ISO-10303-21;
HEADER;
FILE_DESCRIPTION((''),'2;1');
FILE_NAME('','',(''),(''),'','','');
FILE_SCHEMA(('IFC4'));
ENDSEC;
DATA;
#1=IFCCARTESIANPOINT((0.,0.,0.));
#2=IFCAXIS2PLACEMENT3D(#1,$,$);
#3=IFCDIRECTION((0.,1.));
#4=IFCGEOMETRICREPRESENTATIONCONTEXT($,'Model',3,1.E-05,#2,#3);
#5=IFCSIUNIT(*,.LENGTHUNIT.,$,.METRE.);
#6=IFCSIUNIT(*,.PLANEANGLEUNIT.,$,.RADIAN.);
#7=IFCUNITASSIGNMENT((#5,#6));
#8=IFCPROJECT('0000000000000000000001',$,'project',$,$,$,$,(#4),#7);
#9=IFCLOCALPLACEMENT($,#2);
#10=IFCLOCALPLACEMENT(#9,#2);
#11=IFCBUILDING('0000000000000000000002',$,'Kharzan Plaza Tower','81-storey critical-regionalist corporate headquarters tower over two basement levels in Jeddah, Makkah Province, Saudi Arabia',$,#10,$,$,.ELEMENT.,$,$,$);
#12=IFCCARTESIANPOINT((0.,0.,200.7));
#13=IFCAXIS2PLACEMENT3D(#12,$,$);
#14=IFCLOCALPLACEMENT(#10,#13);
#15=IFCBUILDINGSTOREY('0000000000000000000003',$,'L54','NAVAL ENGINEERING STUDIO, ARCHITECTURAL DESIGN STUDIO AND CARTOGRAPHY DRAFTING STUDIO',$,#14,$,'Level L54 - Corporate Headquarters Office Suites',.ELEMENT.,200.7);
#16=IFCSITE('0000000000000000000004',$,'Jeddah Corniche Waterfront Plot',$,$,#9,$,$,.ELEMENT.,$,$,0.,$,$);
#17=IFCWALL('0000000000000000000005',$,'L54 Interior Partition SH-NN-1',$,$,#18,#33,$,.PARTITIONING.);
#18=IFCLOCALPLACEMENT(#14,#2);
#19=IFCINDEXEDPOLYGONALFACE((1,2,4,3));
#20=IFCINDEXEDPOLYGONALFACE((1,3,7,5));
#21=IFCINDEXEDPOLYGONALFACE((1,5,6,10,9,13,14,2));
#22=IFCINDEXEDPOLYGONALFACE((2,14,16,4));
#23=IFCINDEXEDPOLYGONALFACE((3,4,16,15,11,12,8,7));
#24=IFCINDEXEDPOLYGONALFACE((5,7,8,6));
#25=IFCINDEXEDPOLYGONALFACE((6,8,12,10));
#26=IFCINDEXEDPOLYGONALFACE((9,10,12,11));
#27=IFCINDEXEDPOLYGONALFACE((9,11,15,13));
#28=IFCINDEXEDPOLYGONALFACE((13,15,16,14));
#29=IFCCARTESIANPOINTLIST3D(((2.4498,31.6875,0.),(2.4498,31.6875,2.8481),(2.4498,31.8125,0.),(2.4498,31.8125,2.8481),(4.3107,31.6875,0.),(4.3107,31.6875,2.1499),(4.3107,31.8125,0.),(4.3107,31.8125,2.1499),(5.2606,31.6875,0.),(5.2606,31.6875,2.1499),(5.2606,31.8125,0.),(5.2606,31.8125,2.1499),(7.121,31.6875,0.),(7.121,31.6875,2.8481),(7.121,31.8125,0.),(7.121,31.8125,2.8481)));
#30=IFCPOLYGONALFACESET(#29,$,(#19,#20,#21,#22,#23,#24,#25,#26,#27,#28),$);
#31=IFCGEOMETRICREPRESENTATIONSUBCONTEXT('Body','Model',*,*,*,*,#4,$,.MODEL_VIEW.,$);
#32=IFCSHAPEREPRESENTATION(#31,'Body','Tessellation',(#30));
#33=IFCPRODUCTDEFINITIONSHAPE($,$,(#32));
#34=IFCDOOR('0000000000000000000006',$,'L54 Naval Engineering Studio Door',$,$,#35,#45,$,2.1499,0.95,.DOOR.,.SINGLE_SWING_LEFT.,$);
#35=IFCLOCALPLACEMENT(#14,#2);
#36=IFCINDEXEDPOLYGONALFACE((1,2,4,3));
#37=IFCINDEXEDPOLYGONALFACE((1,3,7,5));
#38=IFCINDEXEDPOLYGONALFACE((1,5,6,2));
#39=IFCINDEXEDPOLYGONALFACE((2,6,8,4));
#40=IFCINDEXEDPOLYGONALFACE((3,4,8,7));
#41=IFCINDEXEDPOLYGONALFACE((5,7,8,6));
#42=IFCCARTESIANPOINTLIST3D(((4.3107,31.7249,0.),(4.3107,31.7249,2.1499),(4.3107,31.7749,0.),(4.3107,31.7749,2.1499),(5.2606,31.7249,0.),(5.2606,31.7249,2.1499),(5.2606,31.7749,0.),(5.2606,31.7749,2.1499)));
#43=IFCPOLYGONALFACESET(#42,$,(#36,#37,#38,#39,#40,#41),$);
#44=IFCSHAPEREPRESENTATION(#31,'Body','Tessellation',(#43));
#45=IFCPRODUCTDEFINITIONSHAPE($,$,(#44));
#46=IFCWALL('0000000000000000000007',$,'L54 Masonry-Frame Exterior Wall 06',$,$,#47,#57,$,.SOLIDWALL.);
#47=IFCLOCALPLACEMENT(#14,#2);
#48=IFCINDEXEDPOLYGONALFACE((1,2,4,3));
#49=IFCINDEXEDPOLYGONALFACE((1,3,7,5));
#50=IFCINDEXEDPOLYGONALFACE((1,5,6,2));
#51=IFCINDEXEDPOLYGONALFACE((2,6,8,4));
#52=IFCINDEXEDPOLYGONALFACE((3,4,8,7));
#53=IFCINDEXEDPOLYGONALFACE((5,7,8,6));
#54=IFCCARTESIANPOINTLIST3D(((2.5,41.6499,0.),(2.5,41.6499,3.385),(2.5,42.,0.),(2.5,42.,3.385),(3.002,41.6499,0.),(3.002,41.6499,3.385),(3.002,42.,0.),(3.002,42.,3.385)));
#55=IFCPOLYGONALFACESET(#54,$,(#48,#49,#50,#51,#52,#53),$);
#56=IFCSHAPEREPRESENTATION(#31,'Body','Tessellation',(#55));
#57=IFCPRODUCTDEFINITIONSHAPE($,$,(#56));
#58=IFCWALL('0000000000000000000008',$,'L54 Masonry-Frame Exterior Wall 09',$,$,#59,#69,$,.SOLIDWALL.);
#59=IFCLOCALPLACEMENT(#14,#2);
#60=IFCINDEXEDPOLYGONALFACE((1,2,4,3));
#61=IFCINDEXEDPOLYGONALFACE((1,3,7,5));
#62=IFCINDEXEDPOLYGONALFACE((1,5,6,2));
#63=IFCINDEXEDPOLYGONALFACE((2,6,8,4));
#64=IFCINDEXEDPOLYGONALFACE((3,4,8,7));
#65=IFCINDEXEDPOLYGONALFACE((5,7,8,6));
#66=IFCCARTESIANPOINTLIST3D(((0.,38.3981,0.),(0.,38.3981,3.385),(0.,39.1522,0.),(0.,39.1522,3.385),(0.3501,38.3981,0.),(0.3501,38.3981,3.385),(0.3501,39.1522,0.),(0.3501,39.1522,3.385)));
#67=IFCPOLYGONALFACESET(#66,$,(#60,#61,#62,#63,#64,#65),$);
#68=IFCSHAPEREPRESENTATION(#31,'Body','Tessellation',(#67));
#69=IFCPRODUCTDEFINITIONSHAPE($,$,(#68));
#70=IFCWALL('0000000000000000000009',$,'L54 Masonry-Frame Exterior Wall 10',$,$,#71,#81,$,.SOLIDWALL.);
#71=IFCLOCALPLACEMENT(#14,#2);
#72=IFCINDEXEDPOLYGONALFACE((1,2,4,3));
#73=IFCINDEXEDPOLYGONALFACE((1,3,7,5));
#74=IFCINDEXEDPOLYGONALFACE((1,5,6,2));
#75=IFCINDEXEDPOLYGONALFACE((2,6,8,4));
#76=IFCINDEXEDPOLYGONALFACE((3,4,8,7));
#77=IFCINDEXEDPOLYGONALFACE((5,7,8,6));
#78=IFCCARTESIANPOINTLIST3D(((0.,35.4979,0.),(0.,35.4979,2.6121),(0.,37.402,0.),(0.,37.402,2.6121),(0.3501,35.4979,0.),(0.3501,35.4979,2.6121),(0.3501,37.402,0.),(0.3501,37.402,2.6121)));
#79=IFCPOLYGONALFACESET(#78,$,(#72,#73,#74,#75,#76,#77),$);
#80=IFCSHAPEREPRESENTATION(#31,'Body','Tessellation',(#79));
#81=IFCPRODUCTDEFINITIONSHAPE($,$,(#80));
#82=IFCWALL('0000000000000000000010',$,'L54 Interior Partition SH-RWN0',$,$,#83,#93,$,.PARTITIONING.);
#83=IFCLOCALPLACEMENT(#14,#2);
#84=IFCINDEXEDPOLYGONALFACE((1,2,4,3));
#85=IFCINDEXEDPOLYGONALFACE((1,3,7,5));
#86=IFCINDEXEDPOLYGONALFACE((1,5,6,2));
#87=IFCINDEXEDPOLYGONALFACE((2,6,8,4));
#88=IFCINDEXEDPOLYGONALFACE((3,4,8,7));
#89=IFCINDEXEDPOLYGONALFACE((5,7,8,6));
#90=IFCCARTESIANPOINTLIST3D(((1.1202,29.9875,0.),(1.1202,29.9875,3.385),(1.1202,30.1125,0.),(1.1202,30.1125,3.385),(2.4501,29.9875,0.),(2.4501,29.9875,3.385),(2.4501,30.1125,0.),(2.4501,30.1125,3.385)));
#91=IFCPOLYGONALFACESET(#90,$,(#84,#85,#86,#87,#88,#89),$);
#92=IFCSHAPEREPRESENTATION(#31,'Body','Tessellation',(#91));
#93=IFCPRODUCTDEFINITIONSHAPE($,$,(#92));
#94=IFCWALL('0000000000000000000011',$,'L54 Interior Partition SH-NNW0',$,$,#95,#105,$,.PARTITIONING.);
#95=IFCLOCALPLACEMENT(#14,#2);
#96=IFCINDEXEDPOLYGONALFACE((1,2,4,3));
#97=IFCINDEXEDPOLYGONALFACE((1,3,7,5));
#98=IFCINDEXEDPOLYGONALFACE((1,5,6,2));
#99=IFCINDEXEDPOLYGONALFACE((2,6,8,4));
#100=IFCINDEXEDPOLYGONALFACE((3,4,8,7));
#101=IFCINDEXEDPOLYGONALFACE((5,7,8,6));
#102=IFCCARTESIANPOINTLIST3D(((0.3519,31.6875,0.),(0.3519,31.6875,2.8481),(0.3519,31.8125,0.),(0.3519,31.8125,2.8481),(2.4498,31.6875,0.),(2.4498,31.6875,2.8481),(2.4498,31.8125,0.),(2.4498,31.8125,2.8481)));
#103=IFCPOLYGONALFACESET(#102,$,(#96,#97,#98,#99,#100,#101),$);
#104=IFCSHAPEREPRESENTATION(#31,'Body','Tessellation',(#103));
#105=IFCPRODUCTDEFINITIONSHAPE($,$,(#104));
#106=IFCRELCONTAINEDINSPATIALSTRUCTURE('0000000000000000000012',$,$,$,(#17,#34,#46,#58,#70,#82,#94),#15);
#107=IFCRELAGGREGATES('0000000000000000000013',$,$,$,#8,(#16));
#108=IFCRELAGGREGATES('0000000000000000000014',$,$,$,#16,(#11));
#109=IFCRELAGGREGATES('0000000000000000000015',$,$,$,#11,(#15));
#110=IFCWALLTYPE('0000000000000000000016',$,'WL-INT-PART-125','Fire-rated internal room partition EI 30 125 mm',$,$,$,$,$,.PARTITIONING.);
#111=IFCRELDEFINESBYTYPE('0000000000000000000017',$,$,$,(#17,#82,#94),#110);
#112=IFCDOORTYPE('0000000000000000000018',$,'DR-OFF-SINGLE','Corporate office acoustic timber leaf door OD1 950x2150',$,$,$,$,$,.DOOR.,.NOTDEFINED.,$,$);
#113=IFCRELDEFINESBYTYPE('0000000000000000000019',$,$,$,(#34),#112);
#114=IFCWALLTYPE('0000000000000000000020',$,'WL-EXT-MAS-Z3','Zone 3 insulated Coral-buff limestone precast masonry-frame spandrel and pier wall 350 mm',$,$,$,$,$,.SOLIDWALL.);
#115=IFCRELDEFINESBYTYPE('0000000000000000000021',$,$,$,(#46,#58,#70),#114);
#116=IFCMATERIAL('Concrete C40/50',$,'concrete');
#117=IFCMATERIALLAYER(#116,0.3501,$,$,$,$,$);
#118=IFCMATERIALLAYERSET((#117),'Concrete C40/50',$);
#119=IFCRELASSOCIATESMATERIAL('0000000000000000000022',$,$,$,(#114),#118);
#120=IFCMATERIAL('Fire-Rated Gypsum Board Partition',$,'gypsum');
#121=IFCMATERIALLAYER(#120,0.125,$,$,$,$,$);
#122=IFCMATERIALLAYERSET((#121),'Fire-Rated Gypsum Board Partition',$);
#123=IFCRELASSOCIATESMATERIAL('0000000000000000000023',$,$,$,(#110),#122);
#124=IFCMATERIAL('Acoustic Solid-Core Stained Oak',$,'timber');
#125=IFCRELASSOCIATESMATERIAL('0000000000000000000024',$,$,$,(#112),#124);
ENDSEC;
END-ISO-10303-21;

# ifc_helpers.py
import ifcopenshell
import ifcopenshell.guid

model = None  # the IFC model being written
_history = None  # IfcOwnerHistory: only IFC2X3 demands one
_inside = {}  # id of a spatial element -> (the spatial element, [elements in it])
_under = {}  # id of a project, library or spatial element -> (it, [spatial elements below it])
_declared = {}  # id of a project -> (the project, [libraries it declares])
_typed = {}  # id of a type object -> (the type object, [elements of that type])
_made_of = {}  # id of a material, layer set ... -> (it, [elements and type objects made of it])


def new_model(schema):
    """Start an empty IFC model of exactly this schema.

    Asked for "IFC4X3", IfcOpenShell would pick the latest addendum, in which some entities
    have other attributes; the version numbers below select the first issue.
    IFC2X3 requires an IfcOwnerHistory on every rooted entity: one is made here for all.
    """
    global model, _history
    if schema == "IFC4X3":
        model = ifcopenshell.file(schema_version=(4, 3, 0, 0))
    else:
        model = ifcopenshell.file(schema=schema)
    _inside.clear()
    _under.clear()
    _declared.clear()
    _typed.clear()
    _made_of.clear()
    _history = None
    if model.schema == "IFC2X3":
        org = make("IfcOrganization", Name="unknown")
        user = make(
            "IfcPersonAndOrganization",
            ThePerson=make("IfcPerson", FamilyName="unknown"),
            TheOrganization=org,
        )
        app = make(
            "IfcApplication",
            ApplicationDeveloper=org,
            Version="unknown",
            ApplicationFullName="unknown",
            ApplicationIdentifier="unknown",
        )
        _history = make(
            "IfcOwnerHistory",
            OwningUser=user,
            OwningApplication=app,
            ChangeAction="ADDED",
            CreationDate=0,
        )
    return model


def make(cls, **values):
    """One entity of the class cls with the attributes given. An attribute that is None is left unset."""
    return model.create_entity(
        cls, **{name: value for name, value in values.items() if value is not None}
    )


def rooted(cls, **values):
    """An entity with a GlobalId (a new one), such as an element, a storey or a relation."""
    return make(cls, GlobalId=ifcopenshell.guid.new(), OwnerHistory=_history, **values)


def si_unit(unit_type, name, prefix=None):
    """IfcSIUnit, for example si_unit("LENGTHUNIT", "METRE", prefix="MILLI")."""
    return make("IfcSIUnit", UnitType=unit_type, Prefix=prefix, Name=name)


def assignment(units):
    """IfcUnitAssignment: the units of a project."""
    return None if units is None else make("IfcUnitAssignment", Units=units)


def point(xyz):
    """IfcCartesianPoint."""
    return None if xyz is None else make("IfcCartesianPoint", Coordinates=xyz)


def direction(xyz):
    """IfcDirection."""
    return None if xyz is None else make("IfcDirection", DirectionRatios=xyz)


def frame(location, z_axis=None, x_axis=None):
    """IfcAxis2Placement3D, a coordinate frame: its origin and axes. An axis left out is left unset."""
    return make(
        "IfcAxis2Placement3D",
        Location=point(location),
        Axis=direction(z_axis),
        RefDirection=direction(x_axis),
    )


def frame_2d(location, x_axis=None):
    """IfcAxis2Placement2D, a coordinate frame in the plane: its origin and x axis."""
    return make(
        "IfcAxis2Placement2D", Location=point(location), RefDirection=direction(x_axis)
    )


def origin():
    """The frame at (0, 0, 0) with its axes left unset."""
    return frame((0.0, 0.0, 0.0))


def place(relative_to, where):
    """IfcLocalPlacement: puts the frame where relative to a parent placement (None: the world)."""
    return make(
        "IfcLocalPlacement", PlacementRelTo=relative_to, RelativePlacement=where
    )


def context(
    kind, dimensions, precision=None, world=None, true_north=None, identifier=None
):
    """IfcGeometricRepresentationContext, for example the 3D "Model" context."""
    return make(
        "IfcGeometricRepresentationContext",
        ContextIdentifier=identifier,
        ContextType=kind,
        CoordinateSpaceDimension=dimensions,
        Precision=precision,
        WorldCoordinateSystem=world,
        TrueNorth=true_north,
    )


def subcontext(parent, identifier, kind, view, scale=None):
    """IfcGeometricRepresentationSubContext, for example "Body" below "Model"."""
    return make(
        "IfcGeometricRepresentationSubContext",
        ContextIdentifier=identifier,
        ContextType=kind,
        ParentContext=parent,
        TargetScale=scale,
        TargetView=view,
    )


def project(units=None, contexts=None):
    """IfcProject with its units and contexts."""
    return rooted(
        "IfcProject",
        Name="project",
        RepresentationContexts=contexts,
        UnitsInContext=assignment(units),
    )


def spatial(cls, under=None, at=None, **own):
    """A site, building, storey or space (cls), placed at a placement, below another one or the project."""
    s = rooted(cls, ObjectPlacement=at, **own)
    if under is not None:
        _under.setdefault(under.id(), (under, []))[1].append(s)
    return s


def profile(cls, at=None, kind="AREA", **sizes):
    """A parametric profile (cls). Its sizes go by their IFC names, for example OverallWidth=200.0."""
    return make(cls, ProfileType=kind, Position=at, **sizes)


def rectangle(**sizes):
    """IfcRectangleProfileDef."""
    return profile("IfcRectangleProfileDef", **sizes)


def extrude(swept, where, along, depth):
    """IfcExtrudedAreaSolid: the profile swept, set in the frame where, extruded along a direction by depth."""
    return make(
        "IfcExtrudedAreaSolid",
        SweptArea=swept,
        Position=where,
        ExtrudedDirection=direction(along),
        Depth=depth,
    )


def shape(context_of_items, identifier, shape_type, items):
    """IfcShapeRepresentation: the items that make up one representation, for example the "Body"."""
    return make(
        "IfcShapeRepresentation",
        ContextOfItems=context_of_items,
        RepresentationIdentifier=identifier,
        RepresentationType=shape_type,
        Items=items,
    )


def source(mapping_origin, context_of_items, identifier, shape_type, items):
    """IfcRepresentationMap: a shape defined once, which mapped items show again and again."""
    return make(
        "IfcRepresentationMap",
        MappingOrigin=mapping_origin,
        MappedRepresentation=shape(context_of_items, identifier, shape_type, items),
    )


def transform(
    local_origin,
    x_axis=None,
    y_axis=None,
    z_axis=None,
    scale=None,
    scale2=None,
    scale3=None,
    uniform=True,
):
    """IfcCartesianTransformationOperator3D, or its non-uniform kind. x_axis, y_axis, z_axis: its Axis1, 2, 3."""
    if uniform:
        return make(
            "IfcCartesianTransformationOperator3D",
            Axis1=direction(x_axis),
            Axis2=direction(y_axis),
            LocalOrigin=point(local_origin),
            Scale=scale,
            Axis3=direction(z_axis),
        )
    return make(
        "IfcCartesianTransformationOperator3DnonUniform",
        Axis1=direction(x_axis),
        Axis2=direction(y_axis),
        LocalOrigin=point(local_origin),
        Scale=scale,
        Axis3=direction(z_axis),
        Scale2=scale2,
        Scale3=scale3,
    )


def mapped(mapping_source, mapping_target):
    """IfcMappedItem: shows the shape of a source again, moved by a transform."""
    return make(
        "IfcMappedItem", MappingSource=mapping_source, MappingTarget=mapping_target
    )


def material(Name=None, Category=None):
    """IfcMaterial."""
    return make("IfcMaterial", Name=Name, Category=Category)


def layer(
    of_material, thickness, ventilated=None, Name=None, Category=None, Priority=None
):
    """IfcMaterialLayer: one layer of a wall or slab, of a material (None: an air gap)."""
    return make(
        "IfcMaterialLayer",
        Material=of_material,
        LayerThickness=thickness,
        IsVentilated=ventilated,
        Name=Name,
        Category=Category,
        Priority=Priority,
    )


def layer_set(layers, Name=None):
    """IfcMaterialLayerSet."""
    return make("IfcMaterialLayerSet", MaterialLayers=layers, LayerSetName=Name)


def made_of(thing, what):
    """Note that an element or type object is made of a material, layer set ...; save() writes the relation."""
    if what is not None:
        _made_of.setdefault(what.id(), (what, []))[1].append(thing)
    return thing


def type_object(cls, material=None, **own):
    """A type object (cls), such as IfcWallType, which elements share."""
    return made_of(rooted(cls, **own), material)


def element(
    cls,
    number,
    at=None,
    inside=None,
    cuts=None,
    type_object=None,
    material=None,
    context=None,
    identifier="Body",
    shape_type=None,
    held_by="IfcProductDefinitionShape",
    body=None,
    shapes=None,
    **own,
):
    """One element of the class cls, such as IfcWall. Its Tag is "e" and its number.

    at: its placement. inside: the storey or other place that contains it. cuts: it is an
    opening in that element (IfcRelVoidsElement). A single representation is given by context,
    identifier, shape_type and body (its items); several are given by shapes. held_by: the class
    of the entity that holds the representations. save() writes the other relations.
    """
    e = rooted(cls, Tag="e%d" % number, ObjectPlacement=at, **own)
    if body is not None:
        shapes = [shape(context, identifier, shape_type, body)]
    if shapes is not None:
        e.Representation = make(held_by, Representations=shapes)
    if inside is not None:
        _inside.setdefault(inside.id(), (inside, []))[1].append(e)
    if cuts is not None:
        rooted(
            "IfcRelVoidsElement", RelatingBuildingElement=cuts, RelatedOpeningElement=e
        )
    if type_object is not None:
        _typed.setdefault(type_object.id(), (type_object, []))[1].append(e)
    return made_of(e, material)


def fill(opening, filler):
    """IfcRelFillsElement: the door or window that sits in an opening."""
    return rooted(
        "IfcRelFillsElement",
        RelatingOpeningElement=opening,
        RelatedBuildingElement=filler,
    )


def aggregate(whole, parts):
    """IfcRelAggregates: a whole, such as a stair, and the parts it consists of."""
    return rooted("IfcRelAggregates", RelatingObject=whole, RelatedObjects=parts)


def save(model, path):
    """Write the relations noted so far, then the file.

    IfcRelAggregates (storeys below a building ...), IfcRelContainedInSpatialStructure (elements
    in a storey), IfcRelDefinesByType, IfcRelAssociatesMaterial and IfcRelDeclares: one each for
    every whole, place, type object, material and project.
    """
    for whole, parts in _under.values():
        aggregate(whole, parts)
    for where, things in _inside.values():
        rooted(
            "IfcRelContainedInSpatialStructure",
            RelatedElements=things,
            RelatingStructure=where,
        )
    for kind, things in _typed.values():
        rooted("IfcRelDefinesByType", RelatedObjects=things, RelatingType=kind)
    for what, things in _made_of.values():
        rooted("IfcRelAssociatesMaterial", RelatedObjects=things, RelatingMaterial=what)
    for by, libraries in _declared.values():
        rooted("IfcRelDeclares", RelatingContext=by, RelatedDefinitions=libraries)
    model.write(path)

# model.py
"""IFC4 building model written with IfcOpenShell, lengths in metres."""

from ifc_helpers import new_model, si_unit, direction, frame, frame_2d, origin, place, context, subcontext, project, spatial, rectangle, extrude, source, transform, mapped, material, layer, layer_set, type_object, element, fill, save


model = new_model("IFC4")

# Units and contexts
model_context = context("Model", 3, precision=1e-05, world=origin(), true_north=direction((0.0, 1.0)))
body_context = subcontext(model_context, "Body", "Model", "MODEL_VIEW")
ifc_project = project(units=[si_unit("LENGTHUNIT", "METRE"), si_unit("PLANEANGLEUNIT", "RADIAN")], contexts=[model_context])

# Site, building, storey
site_placement = place(None, origin())
site = spatial("IfcSite", under=ifc_project, at=site_placement, Name="Jeddah Corniche Waterfront Plot", CompositionType="ELEMENT", RefElevation=0.0)
building_placement = place(site_placement, origin())
building = spatial("IfcBuilding", under=site, at=building_placement, Name="Kharzan Plaza Tower", Description="81-storey critical-regionalist corporate headquarters tower over two basement levels in Jeddah, Makkah Province, Saudi Arabia", CompositionType="ELEMENT")
storey_placement = place(building_placement, frame((0.0, 0.0, 200.7)))
storey = spatial("IfcBuildingStorey", under=building, at=storey_placement, Name="L54", Description="NAVAL ENGINEERING STUDIO, ARCHITECTURAL DESIGN STUDIO AND CARTOGRAPHY DRAFTING STUDIO", LongName="Level L54 - Corporate Headquarters Office Suites", CompositionType="ELEMENT", Elevation=200.7)

# Shared definitions
ifc_material_1 = material(Name="Concrete C40/50", Category="concrete")
ifc_layer_1 = layer(ifc_material_1, 0.3501)
ifc_layer_set_1 = layer_set([ifc_layer_1], Name="Concrete C40/50")
wall_type_1 = type_object("IfcWallType", Name="WL-EXT-MAS-Z3", Description="Zone 3 insulated Coral-buff limestone precast masonry-frame spandrel and pier wall 350 mm", PredefinedType="SOLIDWALL", material=ifc_layer_set_1)

# Wall, opening, door
ifc_material_2 = material(Name="Fire-Rated Gypsum Board Partition", Category="gypsum")
ifc_layer_2 = layer(ifc_material_2, 0.125)
ifc_layer_set_2 = layer_set([ifc_layer_2], Name="Fire-Rated Gypsum Board Partition")
wall_type_2 = type_object("IfcWallType", Name="WL-INT-PART-125", Description="Fire-rated internal room partition EI 30 125 mm", PredefinedType="PARTITIONING", material=ifc_layer_set_2)
wall_1_placement = place(storey_placement, frame((2.45, 31.75, 0.0), z_axis=(0.0, 0.0, 1.0), x_axis=(1.0, 0.0, 0.0)))
wall_1 = element("IfcWall", 1, at=wall_1_placement, inside=storey, type_object=wall_type_2, Name="L54 Interior Partition SH-NN-1", PredefinedType="PARTITIONING", context=body_context, shape_type="SweptSolid", body=[
    extrude(rectangle(XDim=4.6711, YDim=0.125, at=frame_2d((2.3354, 0.0))), origin(), (0.0, 0.0, 1.0), 2.8481),
])
opening_1_placement = place(wall_1_placement, frame((1.8606, 0.0, 0.0)))
opening_1 = element("IfcOpeningElement", 2, at=opening_1_placement, cuts=wall_1, PredefinedType="OPENING", context=body_context, shape_type="SweptSolid", body=[
    extrude(rectangle(XDim=0.95, YDim=2.1499, at=frame_2d((0.4751, 1.075))), frame((0.0, 0.0725, 0.0), z_axis=(0.0, -1.0, 0.0), x_axis=(1.0, 0.0, 0.0)), (0.0, 0.0, 1.0), 0.145),
])
ifc_material_3 = material(Name="Acoustic Solid-Core Stained Oak", Category="timber")
door_type = type_object("IfcDoorType", Name="DR-OFF-SINGLE", Description="Corporate office acoustic timber leaf door OD1 950x2150", OperationType="NOTDEFINED", PredefinedType="DOOR", material=ifc_material_3)
shared_shape_1 = source(origin(), body_context, "Body", "SweptSolid", [
    extrude(rectangle(XDim=0.95, YDim=2.1499, at=frame_2d((0.4751, 1.075))), frame((0.0, 0.0249, 0.0), z_axis=(0.0, -1.0, 0.0), x_axis=(1.0, 0.0, 0.0)), (0.0, 0.0, 1.0), 0.05),
])
door_1_placement = place(opening_1_placement, origin())
door_1 = element("IfcDoor", 3, at=door_1_placement, inside=storey, type_object=door_type, Name="L54 Naval Engineering Studio Door", OperationType="SINGLE_SWING_LEFT", OverallHeight=2.1499, OverallWidth=0.95, PredefinedType="DOOR", context=body_context, shape_type="MappedRepresentation", body=[
    mapped(shared_shape_1, transform((0.0, 0.0, 0.0), x_axis=(1.0, 0.0, 0.0), y_axis=(0.0, 1.0, 0.0), z_axis=(0.0, 0.0, 1.0))),
])
fill(opening_1, door_1)

# Walls
shared_shape_2 = source(origin(), body_context, "Body", "SweptSolid", [
    extrude(rectangle(XDim=0.502, YDim=0.3501, at=frame_2d((0.251, 0.0))), origin(), (0.0, 0.0, 1.0), 3.385),
])
wall_2_placement = place(storey_placement, frame((3.002, 41.825, 0.0), z_axis=(0.0, 0.0, 1.0), x_axis=(-1.0, 0.0, 0.0)))
element("IfcWall", 4, at=wall_2_placement, inside=storey, type_object=wall_type_1, Name="L54 Masonry-Frame Exterior Wall 06", PredefinedType="SOLIDWALL", context=body_context, shape_type="MappedRepresentation", body=[
    mapped(shared_shape_2, transform((0.0, 0.0, 0.0), x_axis=(1.0, 0.0, 0.0), y_axis=(0.0, 1.0, 0.0), z_axis=(0.0, 0.0, 1.0))),
])
shared_shape_3 = source(origin(), body_context, "Body", "SweptSolid", [
    extrude(rectangle(XDim=0.7542, YDim=0.3501, at=frame_2d((0.377, 0.0))), origin(), (0.0, 0.0, 1.0), 3.385),
])
wall_3_placement = place(storey_placement, frame((0.175, 39.1521, 0.0), z_axis=(0.0, 0.0, 1.0), x_axis=(0.0, -1.0, 0.0)))
element("IfcWall", 5, at=wall_3_placement, inside=storey, type_object=wall_type_1, Name="L54 Masonry-Frame Exterior Wall 09", PredefinedType="SOLIDWALL", context=body_context, shape_type="MappedRepresentation", body=[
    mapped(shared_shape_3, transform((0.0, 0.0, 0.0), x_axis=(1.0, 0.0, 0.0), y_axis=(0.0, 1.0, 0.0), z_axis=(0.0, 0.0, 1.0))),
])
shared_shape_4 = source(origin(), body_context, "Body", "SweptSolid", [
    extrude(rectangle(XDim=1.9041, YDim=0.3501, at=frame_2d((0.9521, 0.0))), origin(), (0.0, 0.0, 1.0), 2.6121),
])
wall_4_placement = place(storey_placement, frame((0.175, 37.4021, 0.0), z_axis=(0.0, 0.0, 1.0), x_axis=(0.0, -1.0, 0.0)))
element("IfcWall", 6, at=wall_4_placement, inside=storey, type_object=wall_type_1, Name="L54 Masonry-Frame Exterior Wall 10", PredefinedType="SOLIDWALL", context=body_context, shape_type="MappedRepresentation", body=[
    mapped(shared_shape_4, transform((0.0, 0.0, 0.0), x_axis=(1.0, 0.0, 0.0), y_axis=(0.0, 1.0, 0.0), z_axis=(0.0, 0.0, 1.0))),
])
shared_shape_5 = source(origin(), body_context, "Body", "SweptSolid", [
    extrude(rectangle(XDim=1.3298, YDim=0.125, at=frame_2d((0.665, 0.0))), origin(), (0.0, 0.0, 1.0), 3.385),
])
wall_5_placement = place(storey_placement, frame((1.1201, 30.05, 0.0), z_axis=(0.0, 0.0, 1.0), x_axis=(1.0, 0.0, 0.0)))
element("IfcWall", 7, at=wall_5_placement, inside=storey, type_object=wall_type_2, Name="L54 Interior Partition SH-RWN0", PredefinedType="PARTITIONING", context=body_context, shape_type="MappedRepresentation", body=[
    mapped(shared_shape_5, transform((0.0, 0.0, 0.0), x_axis=(1.0, 0.0, 0.0), y_axis=(0.0, 1.0, 0.0), z_axis=(0.0, 0.0, 1.0))),
])
shared_shape_6 = source(origin(), body_context, "Body", "SweptSolid", [
    extrude(rectangle(XDim=2.0979, YDim=0.125, at=frame_2d((1.0488, 0.0))), origin(), (0.0, 0.0, 1.0), 2.8481),
])
wall_6_placement = place(storey_placement, frame((0.3521, 31.75, 0.0), z_axis=(0.0, 0.0, 1.0), x_axis=(1.0, 0.0, 0.0)))
element("IfcWall", 8, at=wall_6_placement, inside=storey, type_object=wall_type_2, Name="L54 Interior Partition SH-NNW0", PredefinedType="PARTITIONING", context=body_context, shape_type="MappedRepresentation", body=[
    mapped(shared_shape_6, transform((0.0, 0.0, 0.0), x_axis=(1.0, 0.0, 0.0), y_axis=(0.0, 1.0, 0.0), z_axis=(0.0, 0.0, 1.0))),
])

save(model, "model.ifc")
